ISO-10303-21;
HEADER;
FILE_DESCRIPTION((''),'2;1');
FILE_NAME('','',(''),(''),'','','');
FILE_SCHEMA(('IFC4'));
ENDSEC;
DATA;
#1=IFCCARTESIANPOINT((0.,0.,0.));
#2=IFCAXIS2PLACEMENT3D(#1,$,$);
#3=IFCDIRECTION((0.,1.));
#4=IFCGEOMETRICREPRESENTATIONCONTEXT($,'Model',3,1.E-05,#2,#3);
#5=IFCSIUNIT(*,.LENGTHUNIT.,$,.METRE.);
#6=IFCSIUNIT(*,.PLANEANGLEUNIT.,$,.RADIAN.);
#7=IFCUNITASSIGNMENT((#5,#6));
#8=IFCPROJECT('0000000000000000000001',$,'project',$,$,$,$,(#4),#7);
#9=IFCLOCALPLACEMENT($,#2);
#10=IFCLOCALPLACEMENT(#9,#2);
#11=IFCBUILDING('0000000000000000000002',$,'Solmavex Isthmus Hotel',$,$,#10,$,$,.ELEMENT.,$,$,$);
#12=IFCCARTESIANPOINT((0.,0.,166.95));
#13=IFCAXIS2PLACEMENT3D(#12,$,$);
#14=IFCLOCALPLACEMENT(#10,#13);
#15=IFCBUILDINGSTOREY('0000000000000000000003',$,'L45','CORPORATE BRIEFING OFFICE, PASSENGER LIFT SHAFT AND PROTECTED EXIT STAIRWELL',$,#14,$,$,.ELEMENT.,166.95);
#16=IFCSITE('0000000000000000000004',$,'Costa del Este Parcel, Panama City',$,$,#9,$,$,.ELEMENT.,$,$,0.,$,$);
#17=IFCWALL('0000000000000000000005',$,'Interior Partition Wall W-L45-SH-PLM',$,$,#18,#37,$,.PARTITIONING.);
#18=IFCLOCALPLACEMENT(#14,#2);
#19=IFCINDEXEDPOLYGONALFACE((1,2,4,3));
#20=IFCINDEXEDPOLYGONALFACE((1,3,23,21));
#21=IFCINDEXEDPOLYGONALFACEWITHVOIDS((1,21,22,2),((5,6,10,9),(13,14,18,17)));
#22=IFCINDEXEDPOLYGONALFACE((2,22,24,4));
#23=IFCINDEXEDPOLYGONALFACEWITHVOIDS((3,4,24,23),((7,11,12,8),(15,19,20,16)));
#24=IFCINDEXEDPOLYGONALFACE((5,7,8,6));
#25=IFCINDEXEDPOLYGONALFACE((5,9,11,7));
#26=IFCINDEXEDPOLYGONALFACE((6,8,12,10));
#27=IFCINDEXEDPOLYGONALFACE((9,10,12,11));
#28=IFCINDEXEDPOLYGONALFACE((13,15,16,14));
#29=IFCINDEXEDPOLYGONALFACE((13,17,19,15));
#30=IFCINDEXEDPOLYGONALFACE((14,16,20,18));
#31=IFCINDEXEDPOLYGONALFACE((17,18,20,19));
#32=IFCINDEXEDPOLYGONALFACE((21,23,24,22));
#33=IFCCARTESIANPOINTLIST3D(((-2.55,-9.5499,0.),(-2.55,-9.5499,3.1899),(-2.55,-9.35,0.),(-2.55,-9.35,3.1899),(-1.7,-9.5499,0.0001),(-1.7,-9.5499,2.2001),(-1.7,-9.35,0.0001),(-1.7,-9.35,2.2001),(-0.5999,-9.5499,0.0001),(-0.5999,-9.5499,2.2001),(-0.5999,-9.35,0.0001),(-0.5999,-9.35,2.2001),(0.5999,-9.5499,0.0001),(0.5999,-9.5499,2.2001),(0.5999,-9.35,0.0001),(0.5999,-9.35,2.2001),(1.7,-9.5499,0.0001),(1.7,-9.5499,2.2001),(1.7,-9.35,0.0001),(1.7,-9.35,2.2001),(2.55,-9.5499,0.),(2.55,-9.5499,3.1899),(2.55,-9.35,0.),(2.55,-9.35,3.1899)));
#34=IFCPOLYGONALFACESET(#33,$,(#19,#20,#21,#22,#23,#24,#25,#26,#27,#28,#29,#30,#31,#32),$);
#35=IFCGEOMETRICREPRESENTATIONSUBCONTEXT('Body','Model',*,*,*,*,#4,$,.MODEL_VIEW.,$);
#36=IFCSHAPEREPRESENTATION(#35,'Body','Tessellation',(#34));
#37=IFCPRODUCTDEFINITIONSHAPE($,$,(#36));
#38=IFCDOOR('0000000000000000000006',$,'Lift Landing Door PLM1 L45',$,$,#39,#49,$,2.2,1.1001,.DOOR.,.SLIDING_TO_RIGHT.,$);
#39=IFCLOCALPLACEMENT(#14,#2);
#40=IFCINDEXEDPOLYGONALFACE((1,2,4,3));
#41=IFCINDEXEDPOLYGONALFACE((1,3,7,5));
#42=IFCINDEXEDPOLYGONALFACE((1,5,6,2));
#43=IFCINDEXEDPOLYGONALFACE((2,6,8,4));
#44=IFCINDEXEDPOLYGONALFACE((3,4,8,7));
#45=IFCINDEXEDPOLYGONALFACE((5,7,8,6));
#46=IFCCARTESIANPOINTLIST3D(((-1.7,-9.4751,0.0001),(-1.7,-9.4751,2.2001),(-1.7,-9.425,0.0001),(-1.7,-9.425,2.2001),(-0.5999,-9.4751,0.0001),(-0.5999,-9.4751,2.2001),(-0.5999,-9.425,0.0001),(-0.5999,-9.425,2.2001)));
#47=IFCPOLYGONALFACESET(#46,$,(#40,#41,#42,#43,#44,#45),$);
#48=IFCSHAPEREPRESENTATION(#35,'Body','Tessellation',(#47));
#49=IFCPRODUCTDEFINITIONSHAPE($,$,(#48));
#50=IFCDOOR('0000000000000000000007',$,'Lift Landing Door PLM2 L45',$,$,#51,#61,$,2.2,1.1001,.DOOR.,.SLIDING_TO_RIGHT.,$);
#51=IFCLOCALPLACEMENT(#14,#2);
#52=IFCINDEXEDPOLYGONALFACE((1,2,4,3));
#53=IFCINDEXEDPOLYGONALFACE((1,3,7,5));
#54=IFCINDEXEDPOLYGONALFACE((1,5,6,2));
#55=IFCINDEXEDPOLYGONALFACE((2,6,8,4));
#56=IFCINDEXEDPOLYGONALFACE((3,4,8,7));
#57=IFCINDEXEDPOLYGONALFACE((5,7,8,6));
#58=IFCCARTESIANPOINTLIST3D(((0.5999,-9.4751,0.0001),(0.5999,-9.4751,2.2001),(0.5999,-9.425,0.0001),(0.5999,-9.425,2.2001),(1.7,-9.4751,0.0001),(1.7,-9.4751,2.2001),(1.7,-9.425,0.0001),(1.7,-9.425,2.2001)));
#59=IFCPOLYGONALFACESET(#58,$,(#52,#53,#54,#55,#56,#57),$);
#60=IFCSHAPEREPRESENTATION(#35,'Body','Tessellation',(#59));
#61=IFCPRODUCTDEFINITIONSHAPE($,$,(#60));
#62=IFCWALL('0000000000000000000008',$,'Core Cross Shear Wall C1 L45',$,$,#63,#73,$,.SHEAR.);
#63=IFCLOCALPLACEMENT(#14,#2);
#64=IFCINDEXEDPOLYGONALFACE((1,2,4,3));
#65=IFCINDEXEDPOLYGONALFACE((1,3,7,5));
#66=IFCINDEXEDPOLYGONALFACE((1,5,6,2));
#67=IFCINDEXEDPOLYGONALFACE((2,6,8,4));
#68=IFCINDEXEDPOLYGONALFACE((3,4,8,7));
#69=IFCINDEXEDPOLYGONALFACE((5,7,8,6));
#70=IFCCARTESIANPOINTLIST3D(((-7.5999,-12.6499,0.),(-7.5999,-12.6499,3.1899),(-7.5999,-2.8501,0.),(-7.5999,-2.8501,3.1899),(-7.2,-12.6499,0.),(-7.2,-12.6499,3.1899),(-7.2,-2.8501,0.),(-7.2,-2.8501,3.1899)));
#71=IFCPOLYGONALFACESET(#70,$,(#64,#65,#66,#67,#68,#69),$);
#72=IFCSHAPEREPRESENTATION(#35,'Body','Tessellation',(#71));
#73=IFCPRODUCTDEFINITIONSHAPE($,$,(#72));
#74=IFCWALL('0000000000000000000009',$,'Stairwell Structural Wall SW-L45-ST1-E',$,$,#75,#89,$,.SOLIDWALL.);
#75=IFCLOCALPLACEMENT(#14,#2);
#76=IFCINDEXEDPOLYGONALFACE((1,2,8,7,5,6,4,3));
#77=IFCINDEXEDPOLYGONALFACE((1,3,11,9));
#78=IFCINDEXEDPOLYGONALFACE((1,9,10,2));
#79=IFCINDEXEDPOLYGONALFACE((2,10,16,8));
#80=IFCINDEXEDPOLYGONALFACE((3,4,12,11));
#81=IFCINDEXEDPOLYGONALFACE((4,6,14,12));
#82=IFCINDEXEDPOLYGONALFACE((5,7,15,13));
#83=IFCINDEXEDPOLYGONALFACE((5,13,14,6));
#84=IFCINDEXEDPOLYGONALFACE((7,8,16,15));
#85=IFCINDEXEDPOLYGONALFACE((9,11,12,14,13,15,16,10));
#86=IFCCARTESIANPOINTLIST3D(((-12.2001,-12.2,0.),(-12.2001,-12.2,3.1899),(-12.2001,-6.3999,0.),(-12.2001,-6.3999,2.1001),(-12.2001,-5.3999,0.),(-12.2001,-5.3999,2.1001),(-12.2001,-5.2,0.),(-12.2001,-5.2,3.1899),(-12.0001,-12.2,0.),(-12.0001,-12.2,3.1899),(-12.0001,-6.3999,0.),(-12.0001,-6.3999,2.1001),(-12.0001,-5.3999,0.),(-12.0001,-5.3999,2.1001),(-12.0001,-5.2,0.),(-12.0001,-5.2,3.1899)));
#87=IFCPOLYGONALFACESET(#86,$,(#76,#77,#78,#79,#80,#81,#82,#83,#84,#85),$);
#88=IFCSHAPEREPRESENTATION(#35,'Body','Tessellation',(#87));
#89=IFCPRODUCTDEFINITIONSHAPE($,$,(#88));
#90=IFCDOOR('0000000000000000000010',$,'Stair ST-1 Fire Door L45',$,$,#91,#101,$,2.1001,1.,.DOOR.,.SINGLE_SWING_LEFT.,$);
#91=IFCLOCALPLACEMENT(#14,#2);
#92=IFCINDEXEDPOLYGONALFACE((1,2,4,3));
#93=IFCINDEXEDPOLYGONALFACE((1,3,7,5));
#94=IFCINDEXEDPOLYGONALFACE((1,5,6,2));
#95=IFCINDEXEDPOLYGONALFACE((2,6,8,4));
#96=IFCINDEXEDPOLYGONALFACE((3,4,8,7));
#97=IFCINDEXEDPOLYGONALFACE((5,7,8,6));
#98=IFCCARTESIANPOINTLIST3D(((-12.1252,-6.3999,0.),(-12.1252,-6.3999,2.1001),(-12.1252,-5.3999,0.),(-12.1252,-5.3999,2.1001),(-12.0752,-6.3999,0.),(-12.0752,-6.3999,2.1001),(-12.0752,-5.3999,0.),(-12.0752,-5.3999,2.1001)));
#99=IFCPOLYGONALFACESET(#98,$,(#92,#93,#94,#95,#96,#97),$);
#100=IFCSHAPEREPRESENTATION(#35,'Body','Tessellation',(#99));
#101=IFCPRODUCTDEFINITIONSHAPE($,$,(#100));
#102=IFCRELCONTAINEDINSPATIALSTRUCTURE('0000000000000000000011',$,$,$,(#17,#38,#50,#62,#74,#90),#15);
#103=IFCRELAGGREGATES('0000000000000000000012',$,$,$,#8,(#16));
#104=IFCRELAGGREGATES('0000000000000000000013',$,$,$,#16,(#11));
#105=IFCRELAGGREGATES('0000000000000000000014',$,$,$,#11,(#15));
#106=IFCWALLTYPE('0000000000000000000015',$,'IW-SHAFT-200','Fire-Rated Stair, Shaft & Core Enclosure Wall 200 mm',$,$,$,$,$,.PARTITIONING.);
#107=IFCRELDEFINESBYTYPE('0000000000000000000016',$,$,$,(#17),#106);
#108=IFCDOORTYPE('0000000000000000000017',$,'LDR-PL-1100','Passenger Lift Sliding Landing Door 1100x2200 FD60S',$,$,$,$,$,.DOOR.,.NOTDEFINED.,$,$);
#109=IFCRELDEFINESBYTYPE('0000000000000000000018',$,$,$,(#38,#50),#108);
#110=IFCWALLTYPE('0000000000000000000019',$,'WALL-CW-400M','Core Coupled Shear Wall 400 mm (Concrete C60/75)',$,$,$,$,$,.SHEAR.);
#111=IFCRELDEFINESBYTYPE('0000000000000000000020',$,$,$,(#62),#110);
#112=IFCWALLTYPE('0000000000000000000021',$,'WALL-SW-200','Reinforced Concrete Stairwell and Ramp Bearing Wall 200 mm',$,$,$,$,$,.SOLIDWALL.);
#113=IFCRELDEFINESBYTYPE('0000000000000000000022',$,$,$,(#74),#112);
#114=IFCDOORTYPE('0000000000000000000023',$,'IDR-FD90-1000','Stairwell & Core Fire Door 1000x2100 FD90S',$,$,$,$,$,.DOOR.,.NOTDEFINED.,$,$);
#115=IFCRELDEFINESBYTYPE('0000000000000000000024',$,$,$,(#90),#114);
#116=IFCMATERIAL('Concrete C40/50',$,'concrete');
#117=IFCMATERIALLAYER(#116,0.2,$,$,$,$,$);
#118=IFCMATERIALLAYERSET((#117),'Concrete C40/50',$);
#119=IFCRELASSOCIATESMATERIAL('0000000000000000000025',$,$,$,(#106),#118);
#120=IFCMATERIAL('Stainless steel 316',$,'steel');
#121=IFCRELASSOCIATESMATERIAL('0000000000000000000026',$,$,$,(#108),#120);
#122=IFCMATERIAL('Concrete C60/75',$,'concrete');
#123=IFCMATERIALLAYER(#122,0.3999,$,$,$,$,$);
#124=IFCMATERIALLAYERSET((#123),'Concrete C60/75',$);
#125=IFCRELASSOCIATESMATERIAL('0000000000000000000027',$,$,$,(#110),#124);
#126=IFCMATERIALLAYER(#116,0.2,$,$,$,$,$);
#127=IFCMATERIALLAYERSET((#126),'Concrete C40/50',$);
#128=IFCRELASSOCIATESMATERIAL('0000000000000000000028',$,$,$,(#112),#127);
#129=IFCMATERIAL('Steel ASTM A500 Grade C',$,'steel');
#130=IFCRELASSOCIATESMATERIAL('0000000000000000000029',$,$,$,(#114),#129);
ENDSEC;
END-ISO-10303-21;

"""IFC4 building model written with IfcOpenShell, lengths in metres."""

from ifc_helpers import new_model, si_unit, direction, frame, frame_2d, origin, place, context, subcontext, project, spatial, rectangle, extrude, material, layer, layer_set, type_object, element, fill, save


model = new_model("IFC4")

# Units and contexts
model_context = context("Model", 3, precision=1e-05, world=origin(), true_north=direction((0.0, 1.0)))
body_context = subcontext(model_context, "Body", "Model", "MODEL_VIEW")
ifc_project = project(units=[si_unit("LENGTHUNIT", "METRE"), si_unit("PLANEANGLEUNIT", "RADIAN")], contexts=[model_context])

# Site, building, storey
site_placement = place(None, origin())
site = spatial("IfcSite", under=ifc_project, at=site_placement, Name="Costa del Este Parcel, Panama City", CompositionType="ELEMENT", RefElevation=0.0)
building_placement = place(site_placement, origin())
building = spatial("IfcBuilding", under=site, at=building_placement, Name="Solmavex Isthmus Hotel", CompositionType="ELEMENT")
storey_placement = place(building_placement, frame((0.0, 0.0, 166.95)))
storey = spatial("IfcBuildingStorey", under=building, at=storey_placement, Name="L45", Description="CORPORATE BRIEFING OFFICE, PASSENGER LIFT SHAFT AND PROTECTED EXIT STAIRWELL", CompositionType="ELEMENT", Elevation=166.95)

# Shared definitions
ifc_material_1 = material(Name="Concrete C60/75", Category="concrete")

# Shared definitions
ifc_material_2 = material(Name="Steel ASTM A500 Grade C", Category="steel")

# Shared definitions
ifc_material_3 = material(Name="Concrete C40/50", Category="concrete")

# Shared definitions
ifc_layer_1 = layer(ifc_material_3, 0.2)
ifc_layer_set_1 = layer_set([ifc_layer_1], Name="Concrete C40/50")
wall_type_1 = type_object("IfcWallType", Name="IW-SHAFT-200", Description="Fire-Rated Stair, Shaft & Core Enclosure Wall 200 mm", PredefinedType="PARTITIONING", material=ifc_layer_set_1)
ifc_material_4 = material(Name="Stainless steel 316", Category="steel")

# Wall, openings, doors
wall_1_placement = place(storey_placement, frame((-2.55, -9.45, 0.0), z_axis=(0.0, 0.0, 1.0), x_axis=(1.0, 0.0, 0.0)))
wall_1 = element("IfcWall", 1, at=wall_1_placement, inside=storey, type_object=wall_type_1, Name="Interior Partition Wall W-L45-SH-PLM", PredefinedType="PARTITIONING", context=body_context, shape_type="SweptSolid", body=[
    extrude(rectangle(XDim=5.1001, YDim=0.2, at=frame_2d((2.55, 0.0))), origin(), (0.0, 0.0, 1.0), 3.1899),
])
opening_1_placement = place(wall_1_placement, frame((0.8501, 0.0, 0.0)))
opening_1 = element("IfcOpeningElement", 2, at=opening_1_placement, cuts=wall_1, PredefinedType="OPENING", context=body_context, shape_type="SweptSolid", body=[
    extrude(rectangle(XDim=1.1001, YDim=2.2, at=frame_2d((0.55, 1.1001))), frame((0.0, 0.1099, 0.0), z_axis=(0.0, -1.0, 0.0), x_axis=(1.0, 0.0, 0.0)), (0.0, 0.0, 1.0), 0.22),
])
opening_2_placement = place(wall_1_placement, frame((3.1499, 0.0, 0.0)))
opening_2 = element("IfcOpeningElement", 3, at=opening_2_placement, cuts=wall_1, PredefinedType="OPENING", context=body_context, shape_type="SweptSolid", body=[
    extrude(rectangle(XDim=1.1001, YDim=2.2, at=frame_2d((0.55, 1.1001))), frame((0.0, 0.1099, 0.0), z_axis=(0.0, -1.0, 0.0), x_axis=(1.0, 0.0, 0.0)), (0.0, 0.0, 1.0), 0.22),
])
door_type_1 = type_object("IfcDoorType", Name="LDR-PL-1100", Description="Passenger Lift Sliding Landing Door 1100x2200 FD60S", OperationType="NOTDEFINED", PredefinedType="DOOR", material=ifc_material_4)
door_1_placement = place(opening_1_placement, origin())
door_1 = element("IfcDoor", 4, at=door_1_placement, inside=storey, type_object=door_type_1, Name="Lift Landing Door PLM1 L45", OperationType="SLIDING_TO_RIGHT", OverallHeight=2.2, OverallWidth=1.1001, PredefinedType="DOOR", context=body_context, shape_type="SweptSolid", body=[
    extrude(rectangle(XDim=1.1001, YDim=2.2, at=frame_2d((0.55, 1.1001))), frame((0.0, 0.0249, 0.0), z_axis=(0.0, -1.0, 0.0), x_axis=(1.0, 0.0, 0.0)), (0.0, 0.0, 1.0), 0.05),
])
fill(opening_1, door_1)
door_2_placement = place(opening_2_placement, origin())
door_2 = element("IfcDoor", 5, at=door_2_placement, inside=storey, type_object=door_type_1, Name="Lift Landing Door PLM2 L45", OperationType="SLIDING_TO_RIGHT", OverallHeight=2.2, OverallWidth=1.1001, PredefinedType="DOOR", context=body_context, shape_type="SweptSolid", body=[
    extrude(rectangle(XDim=1.1001, YDim=2.2, at=frame_2d((0.55, 1.1001))), frame((0.0, 0.0249, 0.0), z_axis=(0.0, -1.0, 0.0), x_axis=(1.0, 0.0, 0.0)), (0.0, 0.0, 1.0), 0.05),
])
fill(opening_2, door_2)

# Wall
ifc_layer_2 = layer(ifc_material_1, 0.3999)
ifc_layer_set_2 = layer_set([ifc_layer_2], Name="Concrete C60/75")
wall_type_2 = type_object("IfcWallType", Name="WALL-CW-400M", Description="Core Coupled Shear Wall 400 mm (Concrete C60/75)", PredefinedType="SHEAR", material=ifc_layer_set_2)
wall_2_placement = place(storey_placement, frame((-7.3999, -12.6499, 0.0), z_axis=(0.0, 0.0, 1.0), x_axis=(0.0, 1.0, 0.0)))
element("IfcWall", 6, at=wall_2_placement, inside=storey, type_object=wall_type_2, Name="Core Cross Shear Wall C1 L45", PredefinedType="SHEAR", context=body_context, shape_type="SweptSolid", body=[
    extrude(rectangle(XDim=9.7998, YDim=0.3999, at=frame_2d((4.8999, 0.0))), origin(), (0.0, 0.0, 1.0), 3.1899),
])

# Wall, opening, door
ifc_layer_3 = layer(ifc_material_3, 0.2)
ifc_layer_set_3 = layer_set([ifc_layer_3], Name="Concrete C40/50")
wall_type_3 = type_object("IfcWallType", Name="WALL-SW-200", Description="Reinforced Concrete Stairwell and Ramp Bearing Wall 200 mm", PredefinedType="SOLIDWALL", material=ifc_layer_set_3)
wall_3_placement = place(storey_placement, frame((-12.1001, -12.2, 0.0), z_axis=(0.0, 0.0, 1.0), x_axis=(0.0, 1.0, 0.0)))
wall_3 = element("IfcWall", 7, at=wall_3_placement, inside=storey, type_object=wall_type_3, Name="Stairwell Structural Wall SW-L45-ST1-E", PredefinedType="SOLIDWALL", context=body_context, shape_type="SweptSolid", body=[
    extrude(rectangle(XDim=7.0, YDim=0.2, at=frame_2d((3.5, 0.0))), origin(), (0.0, 0.0, 1.0), 3.1899),
])
opening_3_placement = place(wall_3_placement, frame((5.8, 0.0, 0.0)))
opening_3 = element("IfcOpeningElement", 8, at=opening_3_placement, cuts=wall_3, PredefinedType="OPENING", context=body_context, shape_type="SweptSolid", body=[
    extrude(rectangle(XDim=1.0, YDim=2.1001, at=frame_2d((0.5, 1.05))), frame((0.0, 0.1099, 0.0), z_axis=(0.0, -1.0, 0.0), x_axis=(1.0, 0.0, 0.0)), (0.0, 0.0, 1.0), 0.22),
])
door_type_2 = type_object("IfcDoorType", Name="IDR-FD90-1000", Description="Stairwell & Core Fire Door 1000x2100 FD90S", OperationType="NOTDEFINED", PredefinedType="DOOR", material=ifc_material_2)
door_3_placement = place(opening_3_placement, frame((1.0, 0.0, 0.0), z_axis=(0.0, 0.0, 1.0), x_axis=(-1.0, 0.0, 0.0)))
door_3 = element("IfcDoor", 9, at=door_3_placement, inside=storey, type_object=door_type_2, Name="Stair ST-1 Fire Door L45", OperationType="SINGLE_SWING_LEFT", OverallHeight=2.1001, OverallWidth=1.0, PredefinedType="DOOR", context=body_context, shape_type="SweptSolid", body=[
    extrude(rectangle(XDim=1.0, YDim=2.1001, at=frame_2d((0.5, 1.05))), frame((0.0, 0.0249, 0.0), z_axis=(0.0, -1.0, 0.0), x_axis=(1.0, 0.0, 0.0)), (0.0, 0.0, 1.0), 0.05),
])
fill(opening_3, door_3)

save(model, "model.ifc")
